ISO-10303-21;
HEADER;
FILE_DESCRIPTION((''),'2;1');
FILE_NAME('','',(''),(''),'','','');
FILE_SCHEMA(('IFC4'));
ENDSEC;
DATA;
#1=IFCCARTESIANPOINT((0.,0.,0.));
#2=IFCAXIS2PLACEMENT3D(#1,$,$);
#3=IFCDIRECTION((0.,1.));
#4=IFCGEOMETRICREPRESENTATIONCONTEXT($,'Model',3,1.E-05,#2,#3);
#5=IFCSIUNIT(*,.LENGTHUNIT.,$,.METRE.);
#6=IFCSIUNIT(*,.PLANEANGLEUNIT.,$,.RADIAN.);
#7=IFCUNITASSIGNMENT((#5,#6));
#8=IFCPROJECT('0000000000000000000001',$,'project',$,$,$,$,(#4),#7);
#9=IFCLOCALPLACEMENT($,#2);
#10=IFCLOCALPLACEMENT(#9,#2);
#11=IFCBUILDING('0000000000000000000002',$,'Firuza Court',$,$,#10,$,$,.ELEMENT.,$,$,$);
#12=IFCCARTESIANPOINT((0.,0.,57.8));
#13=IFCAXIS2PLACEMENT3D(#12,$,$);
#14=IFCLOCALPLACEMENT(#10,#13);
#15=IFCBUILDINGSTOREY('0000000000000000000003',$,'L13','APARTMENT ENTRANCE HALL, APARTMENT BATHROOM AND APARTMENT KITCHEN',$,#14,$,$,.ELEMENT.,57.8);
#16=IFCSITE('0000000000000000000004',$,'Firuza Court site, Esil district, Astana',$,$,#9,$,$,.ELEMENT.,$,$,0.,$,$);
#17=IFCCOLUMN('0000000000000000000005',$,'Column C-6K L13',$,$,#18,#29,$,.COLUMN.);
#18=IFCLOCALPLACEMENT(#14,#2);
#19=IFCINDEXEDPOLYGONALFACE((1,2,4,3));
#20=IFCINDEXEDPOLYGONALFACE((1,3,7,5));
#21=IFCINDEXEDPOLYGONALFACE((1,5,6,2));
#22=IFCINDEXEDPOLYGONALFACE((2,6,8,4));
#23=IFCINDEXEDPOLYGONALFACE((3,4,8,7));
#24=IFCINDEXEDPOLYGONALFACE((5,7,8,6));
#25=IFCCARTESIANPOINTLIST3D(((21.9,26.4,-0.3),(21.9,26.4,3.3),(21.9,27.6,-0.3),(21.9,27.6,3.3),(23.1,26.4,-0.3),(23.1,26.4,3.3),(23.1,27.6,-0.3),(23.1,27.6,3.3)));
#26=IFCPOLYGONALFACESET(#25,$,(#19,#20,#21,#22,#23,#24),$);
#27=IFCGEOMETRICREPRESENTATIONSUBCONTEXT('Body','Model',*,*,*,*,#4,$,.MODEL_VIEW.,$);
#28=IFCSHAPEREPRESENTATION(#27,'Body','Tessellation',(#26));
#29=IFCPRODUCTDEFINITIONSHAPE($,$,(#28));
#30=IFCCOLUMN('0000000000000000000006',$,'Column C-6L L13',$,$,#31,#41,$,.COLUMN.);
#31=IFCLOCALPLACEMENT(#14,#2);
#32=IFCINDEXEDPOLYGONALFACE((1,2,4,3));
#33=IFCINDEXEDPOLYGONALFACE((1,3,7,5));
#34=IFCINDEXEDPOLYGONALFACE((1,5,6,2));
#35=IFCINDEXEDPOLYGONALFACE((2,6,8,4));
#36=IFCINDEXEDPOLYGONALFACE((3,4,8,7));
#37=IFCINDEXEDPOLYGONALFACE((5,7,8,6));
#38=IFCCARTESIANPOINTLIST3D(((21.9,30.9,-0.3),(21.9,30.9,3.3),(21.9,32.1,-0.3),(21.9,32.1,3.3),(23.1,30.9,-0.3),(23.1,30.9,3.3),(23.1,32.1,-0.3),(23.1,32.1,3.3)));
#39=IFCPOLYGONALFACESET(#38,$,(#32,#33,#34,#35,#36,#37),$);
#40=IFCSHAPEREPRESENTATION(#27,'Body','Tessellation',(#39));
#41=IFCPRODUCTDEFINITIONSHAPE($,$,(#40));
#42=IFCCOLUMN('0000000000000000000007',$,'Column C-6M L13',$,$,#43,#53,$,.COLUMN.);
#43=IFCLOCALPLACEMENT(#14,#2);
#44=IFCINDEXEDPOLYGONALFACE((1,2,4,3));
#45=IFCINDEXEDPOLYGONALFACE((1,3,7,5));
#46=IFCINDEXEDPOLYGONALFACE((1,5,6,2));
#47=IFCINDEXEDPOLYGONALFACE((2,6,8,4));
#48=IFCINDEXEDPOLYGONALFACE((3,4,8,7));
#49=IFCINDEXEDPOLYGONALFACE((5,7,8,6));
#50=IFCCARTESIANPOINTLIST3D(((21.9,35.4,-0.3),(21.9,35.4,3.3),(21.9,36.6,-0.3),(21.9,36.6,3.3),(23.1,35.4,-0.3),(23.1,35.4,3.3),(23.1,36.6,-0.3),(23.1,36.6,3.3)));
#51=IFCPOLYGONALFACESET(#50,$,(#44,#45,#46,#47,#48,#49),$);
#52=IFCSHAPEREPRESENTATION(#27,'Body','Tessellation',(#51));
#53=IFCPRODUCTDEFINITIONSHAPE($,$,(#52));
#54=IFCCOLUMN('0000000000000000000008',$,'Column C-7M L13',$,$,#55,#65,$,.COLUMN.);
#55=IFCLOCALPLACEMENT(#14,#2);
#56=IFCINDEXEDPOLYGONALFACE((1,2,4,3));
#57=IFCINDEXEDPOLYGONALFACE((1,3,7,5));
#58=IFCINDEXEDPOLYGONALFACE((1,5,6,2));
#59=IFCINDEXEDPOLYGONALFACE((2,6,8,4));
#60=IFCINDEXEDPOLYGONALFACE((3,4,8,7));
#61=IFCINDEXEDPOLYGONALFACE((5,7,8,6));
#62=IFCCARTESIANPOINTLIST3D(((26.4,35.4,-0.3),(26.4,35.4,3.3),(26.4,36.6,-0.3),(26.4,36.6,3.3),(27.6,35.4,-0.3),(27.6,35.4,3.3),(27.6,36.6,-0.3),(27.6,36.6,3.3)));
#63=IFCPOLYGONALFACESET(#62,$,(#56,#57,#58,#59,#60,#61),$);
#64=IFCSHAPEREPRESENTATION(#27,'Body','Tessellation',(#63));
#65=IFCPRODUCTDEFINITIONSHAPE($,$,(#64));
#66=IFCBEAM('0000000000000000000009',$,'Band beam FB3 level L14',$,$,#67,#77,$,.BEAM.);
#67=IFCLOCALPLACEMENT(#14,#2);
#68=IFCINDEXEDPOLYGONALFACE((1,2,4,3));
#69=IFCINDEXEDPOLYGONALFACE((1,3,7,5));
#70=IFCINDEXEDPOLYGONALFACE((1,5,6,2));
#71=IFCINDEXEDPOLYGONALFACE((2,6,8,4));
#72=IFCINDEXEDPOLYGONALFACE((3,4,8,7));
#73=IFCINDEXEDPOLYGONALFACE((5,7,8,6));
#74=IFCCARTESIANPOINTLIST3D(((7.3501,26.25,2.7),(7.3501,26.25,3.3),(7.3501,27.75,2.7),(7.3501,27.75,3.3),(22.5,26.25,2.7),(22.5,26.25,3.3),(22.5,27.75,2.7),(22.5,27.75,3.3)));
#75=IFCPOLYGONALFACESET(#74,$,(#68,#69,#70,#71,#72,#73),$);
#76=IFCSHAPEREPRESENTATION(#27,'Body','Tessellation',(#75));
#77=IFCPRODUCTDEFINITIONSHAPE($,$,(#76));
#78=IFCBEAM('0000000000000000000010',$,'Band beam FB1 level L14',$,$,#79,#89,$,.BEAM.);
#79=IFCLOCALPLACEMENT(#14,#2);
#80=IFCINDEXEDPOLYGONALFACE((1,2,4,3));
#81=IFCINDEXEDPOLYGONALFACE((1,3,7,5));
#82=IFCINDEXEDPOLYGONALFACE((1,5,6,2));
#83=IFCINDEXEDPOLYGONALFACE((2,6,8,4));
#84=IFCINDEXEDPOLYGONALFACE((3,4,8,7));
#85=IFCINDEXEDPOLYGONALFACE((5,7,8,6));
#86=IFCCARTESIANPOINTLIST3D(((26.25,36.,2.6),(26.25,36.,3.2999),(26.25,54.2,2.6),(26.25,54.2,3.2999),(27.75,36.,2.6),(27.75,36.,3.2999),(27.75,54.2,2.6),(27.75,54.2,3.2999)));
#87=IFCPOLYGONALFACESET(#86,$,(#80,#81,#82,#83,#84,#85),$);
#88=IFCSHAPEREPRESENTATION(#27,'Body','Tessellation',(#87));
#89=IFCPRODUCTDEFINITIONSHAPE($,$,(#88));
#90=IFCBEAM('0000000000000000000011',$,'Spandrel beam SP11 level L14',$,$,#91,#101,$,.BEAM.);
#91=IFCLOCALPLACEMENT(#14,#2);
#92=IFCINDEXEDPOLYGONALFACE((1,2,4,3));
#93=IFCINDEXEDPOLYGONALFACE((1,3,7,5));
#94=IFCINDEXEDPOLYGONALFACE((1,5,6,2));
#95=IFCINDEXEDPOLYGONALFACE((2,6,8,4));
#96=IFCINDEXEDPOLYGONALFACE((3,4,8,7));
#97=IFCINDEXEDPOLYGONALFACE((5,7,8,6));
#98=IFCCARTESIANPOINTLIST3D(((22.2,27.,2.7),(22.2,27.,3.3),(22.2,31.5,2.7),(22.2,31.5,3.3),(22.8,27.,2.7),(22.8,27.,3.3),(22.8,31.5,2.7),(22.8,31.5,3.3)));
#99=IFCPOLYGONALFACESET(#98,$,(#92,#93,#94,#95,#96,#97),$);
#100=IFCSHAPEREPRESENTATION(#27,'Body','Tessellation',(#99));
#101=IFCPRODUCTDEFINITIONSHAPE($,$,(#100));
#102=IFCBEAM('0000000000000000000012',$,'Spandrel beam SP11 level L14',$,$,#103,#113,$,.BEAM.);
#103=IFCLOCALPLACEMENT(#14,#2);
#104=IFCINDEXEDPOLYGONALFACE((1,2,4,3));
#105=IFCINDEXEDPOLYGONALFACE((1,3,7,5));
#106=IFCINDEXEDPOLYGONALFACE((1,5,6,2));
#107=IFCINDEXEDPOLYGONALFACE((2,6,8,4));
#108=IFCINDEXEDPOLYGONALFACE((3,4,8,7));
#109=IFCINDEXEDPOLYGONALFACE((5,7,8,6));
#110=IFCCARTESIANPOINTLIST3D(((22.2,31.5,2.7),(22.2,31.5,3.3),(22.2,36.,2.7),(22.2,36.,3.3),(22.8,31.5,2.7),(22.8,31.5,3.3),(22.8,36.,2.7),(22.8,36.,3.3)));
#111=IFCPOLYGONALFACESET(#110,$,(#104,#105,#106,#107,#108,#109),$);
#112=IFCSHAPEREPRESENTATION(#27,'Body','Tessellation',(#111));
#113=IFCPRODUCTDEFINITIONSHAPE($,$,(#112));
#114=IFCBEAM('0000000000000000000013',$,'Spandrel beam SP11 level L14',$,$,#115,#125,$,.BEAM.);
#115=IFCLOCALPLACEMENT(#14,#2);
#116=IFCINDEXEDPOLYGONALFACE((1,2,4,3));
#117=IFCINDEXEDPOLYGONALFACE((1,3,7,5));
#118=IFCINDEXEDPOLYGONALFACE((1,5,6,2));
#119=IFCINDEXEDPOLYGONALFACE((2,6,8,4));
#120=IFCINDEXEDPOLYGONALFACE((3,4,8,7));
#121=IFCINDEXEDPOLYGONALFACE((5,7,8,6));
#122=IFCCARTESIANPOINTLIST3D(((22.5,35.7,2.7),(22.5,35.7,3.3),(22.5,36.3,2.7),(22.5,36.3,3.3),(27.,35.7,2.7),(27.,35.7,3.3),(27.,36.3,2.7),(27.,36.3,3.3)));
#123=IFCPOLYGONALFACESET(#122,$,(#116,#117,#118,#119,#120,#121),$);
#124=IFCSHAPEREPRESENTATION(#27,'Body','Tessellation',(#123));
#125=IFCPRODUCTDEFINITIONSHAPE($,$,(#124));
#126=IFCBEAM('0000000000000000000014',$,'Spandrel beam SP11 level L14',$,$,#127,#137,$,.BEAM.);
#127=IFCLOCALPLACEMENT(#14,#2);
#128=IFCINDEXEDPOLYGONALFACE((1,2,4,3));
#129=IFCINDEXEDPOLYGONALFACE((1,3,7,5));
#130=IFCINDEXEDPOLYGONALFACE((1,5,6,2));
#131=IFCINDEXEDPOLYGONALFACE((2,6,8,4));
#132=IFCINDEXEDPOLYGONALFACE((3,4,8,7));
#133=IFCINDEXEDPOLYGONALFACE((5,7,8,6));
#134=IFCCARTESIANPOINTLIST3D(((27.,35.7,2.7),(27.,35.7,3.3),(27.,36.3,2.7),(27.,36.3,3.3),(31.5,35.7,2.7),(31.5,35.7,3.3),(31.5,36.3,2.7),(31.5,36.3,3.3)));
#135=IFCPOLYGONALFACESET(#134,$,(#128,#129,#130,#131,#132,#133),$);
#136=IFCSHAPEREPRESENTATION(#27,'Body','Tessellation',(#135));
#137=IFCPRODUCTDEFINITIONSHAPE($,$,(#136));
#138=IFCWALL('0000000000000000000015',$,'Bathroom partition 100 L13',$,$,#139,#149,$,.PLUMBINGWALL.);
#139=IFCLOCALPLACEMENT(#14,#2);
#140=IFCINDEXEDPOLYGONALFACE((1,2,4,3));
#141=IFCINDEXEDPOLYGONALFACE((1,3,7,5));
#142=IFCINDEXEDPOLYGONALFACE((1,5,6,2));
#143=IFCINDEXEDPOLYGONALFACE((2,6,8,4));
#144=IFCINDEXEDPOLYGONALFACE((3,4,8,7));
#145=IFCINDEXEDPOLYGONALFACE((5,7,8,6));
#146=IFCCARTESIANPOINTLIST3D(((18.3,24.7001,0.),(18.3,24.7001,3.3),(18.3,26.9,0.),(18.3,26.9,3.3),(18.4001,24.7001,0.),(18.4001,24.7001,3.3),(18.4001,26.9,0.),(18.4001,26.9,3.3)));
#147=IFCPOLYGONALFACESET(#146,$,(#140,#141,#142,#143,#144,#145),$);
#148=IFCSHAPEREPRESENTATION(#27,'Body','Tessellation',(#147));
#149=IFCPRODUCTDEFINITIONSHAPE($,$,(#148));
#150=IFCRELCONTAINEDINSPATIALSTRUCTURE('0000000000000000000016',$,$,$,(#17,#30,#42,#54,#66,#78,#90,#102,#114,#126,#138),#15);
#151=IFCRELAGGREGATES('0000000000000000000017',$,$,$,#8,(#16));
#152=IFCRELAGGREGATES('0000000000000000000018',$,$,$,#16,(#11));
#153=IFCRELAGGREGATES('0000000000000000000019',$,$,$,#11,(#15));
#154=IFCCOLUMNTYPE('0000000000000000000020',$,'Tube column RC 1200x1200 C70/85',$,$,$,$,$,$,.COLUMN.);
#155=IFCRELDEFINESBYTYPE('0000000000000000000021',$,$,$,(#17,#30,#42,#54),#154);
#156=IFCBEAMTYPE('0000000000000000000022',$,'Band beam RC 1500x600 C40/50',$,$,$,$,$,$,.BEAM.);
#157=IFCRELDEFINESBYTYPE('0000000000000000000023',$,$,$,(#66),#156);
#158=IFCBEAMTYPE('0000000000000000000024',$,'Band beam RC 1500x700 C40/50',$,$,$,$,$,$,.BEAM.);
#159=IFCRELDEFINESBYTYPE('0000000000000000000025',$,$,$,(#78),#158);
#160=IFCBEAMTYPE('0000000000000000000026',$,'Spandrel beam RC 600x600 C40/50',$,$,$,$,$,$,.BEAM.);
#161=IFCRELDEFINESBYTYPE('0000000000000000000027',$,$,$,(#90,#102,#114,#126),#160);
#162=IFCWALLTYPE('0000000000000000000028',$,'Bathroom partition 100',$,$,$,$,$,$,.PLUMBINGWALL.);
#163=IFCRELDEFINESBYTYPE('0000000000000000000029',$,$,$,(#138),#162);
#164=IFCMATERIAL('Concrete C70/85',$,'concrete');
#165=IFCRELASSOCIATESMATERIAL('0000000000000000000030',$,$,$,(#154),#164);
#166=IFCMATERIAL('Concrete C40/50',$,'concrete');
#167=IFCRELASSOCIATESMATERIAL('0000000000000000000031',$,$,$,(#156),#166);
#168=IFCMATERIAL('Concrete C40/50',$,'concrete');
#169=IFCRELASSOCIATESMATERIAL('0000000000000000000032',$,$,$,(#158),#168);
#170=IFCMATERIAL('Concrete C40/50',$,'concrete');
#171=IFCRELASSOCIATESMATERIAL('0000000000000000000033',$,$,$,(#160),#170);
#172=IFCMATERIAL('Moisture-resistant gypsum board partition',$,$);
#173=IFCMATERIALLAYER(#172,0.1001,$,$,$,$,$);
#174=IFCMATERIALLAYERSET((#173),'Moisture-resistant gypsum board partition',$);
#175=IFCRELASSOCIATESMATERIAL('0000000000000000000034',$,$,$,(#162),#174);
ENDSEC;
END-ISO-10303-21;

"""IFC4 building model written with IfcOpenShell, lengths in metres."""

from ifc_helpers import new_model, si_unit, direction, frame, frame_2d, origin, origin_2d, place, context, subcontext, project, spatial, rectangle, extrude, material, layer, layer_set, material_profile, profile_set, type_object, element, save


model = new_model("IFC4")

# Units and contexts
model_context = context("Model", 3, precision=1e-05, world=origin(), true_north=direction((0.0, 1.0)))
body_context = subcontext(model_context, "Body", "Model", "MODEL_VIEW")
ifc_project = project(units=[si_unit("LENGTHUNIT", "METRE"), si_unit("PLANEANGLEUNIT", "RADIAN")], contexts=[model_context])

# Site, building, storey
site_placement = place(None, origin())
site = spatial("IfcSite", under=ifc_project, at=site_placement, Name="Firuza Court site, Esil district, Astana", CompositionType="ELEMENT", RefElevation=0.0)
building_placement = place(site_placement, origin())
building = spatial("IfcBuilding", under=site, at=building_placement, Name="Firuza Court", CompositionType="ELEMENT")
storey_placement = place(building_placement, frame((0.0, 0.0, 57.8)))
storey = spatial("IfcBuildingStorey", under=building, at=storey_placement, Name="L13", Description="APARTMENT ENTRANCE HALL, APARTMENT BATHROOM AND APARTMENT KITCHEN", CompositionType="ELEMENT", Elevation=57.8)

# Columns
ifc_material_1 = material(Name="Concrete C70/85", Category="concrete")
ifc_material_profile_1 = material_profile(ifc_material_1, rectangle(XDim=1.2, YDim=1.2, at=origin_2d()), Name="RC 1200x1200")
ifc_profile_set_1 = profile_set([ifc_material_profile_1], Name="Concrete C70/85")
column_type = type_object("IfcColumnType", Name="Tube column RC 1200x1200 C70/85", PredefinedType="COLUMN", material=ifc_profile_set_1)
for number, where, z_axis, x_axis, name in (
    (1, (22.5, 27.0, -0.3), (0.0, 0.0, 1.0), (1.0, 0.0, 0.0), "Column C-6K L13"),
    (2, (22.5, 31.5, -0.3), (0.0, 0.0, 1.0), (1.0, 0.0, 0.0), "Column C-6L L13"),
    (3, (22.5, 36.0, -0.3), (0.0, 0.0, 1.0), (1.0, 0.0, 0.0), "Column C-6M L13"),
    (4, (27.0, 36.0, -0.3), (0.0, 0.0, 1.0), (1.0, 0.0, 0.0), "Column C-7M L13"),
):
    element("IfcColumn", number, at=place(storey_placement, frame(where, z_axis=z_axis, x_axis=x_axis)), inside=storey, type_object=column_type, Name=name, PredefinedType="COLUMN", context=body_context, shape_type="SweptSolid", body=[
        extrude(rectangle(XDim=1.2, YDim=1.2, at=origin_2d()), origin(), (0.0, 0.0, 1.0), 3.6001),
    ])

# Beams
ifc_material_2 = material(Name="Concrete C40/50", Category="concrete")
ifc_material_profile_2 = material_profile(ifc_material_2, rectangle(XDim=1.5, YDim=0.6001, at=origin_2d()), Name="RC 1500x600")
ifc_profile_set_2 = profile_set([ifc_material_profile_2], Name="Concrete C40/50")
beam_type_1 = type_object("IfcBeamType", Name="Band beam RC 1500x600 C40/50", PredefinedType="BEAM", material=ifc_profile_set_2)
beam_1_placement = place(storey_placement, frame((22.5, 27.0, 3.0), z_axis=(-1.0, 0.0, 0.0), x_axis=(0.0, -1.0, 0.0)))
element("IfcBeam", 5, at=beam_1_placement, inside=storey, type_object=beam_type_1, Name="Band beam FB3 level L14", PredefinedType="BEAM", context=body_context, shape_type="SweptSolid", body=[
    extrude(rectangle(XDim=1.5, YDim=0.6001, at=origin_2d()), origin(), (0.0, 0.0, 1.0), 15.1499),
])
ifc_material_3 = material(Name="Concrete C40/50", Category="concrete")
ifc_material_profile_3 = material_profile(ifc_material_3, rectangle(XDim=1.5, YDim=0.7, at=origin_2d()), Name="RC 1500x700")
ifc_profile_set_3 = profile_set([ifc_material_profile_3], Name="Concrete C40/50")
beam_type_2 = type_object("IfcBeamType", Name="Band beam RC 1500x700 C40/50", PredefinedType="BEAM", material=ifc_profile_set_3)
beam_2_placement = place(storey_placement, frame((27.0, 36.0, 2.95), z_axis=(0.0, 1.0, 0.0), x_axis=(-1.0, 0.0, 0.0)))
element("IfcBeam", 6, at=beam_2_placement, inside=storey, type_object=beam_type_2, Name="Band beam FB1 level L14", PredefinedType="BEAM", context=body_context, shape_type="SweptSolid", body=[
    extrude(rectangle(XDim=1.5, YDim=0.7, at=origin_2d()), origin(), (0.0, 0.0, 1.0), 18.2),
])
ifc_material_4 = material(Name="Concrete C40/50", Category="concrete")
ifc_material_profile_4 = material_profile(ifc_material_4, rectangle(XDim=0.6001, YDim=0.6001, at=origin_2d()), Name="RC 600x600")
ifc_profile_set_4 = profile_set([ifc_material_profile_4], Name="Concrete C40/50")
beam_type_3 = type_object("IfcBeamType", Name="Spandrel beam RC 600x600 C40/50", PredefinedType="BEAM", material=ifc_profile_set_4)
for number, where, z_axis, x_axis, name in (
    (7, (22.5, 27.0, 3.0), (0.0, 1.0, 0.0), (-1.0, 0.0, 0.0), "Spandrel beam SP11 level L14"),
    (8, (22.5, 31.5, 3.0), (0.0, 1.0, 0.0), (-1.0, 0.0, 0.0), "Spandrel beam SP11 level L14"),
    (9, (22.5, 36.0, 3.0), (1.0, 0.0, 0.0), (0.0, 1.0, 0.0), "Spandrel beam SP11 level L14"),
    (10, (27.0, 36.0, 3.0), (1.0, 0.0, 0.0), (0.0, 1.0, 0.0), "Spandrel beam SP11 level L14"),
):
    element("IfcBeam", number, at=place(storey_placement, frame(where, z_axis=z_axis, x_axis=x_axis)), inside=storey, type_object=beam_type_3, Name=name, PredefinedType="BEAM", context=body_context, shape_type="SweptSolid", body=[
        extrude(rectangle(XDim=0.6001, YDim=0.6001, at=origin_2d()), origin(), (0.0, 0.0, 1.0), 4.5),
    ])

# Wall
ifc_material_5 = material(Name="Moisture-resistant gypsum board partition")
ifc_layer_1 = layer(ifc_material_5, 0.1001)
ifc_layer_set_1 = layer_set([ifc_layer_1], Name="Moisture-resistant gypsum board partition")
wall_type_1 = type_object("IfcWallType", Name="Bathroom partition 100", PredefinedType="PLUMBINGWALL", material=ifc_layer_set_1)
wall_1_placement = place(storey_placement, frame((18.3501, 24.7, 0.0), z_axis=(0.0, 0.0, 1.0), x_axis=(0.0, 1.0, 0.0)))
element("IfcWall", 11, at=wall_1_placement, inside=storey, type_object=wall_type_1, Name="Bathroom partition 100 L13", PredefinedType="PLUMBINGWALL", context=body_context, shape_type="SweptSolid", body=[
    extrude(rectangle(XDim=2.2, YDim=0.1001, at=frame_2d((1.1001, 0.0))), origin(), (0.0, 0.0, 1.0), 3.3),
])

save(model, "model.ifc")
